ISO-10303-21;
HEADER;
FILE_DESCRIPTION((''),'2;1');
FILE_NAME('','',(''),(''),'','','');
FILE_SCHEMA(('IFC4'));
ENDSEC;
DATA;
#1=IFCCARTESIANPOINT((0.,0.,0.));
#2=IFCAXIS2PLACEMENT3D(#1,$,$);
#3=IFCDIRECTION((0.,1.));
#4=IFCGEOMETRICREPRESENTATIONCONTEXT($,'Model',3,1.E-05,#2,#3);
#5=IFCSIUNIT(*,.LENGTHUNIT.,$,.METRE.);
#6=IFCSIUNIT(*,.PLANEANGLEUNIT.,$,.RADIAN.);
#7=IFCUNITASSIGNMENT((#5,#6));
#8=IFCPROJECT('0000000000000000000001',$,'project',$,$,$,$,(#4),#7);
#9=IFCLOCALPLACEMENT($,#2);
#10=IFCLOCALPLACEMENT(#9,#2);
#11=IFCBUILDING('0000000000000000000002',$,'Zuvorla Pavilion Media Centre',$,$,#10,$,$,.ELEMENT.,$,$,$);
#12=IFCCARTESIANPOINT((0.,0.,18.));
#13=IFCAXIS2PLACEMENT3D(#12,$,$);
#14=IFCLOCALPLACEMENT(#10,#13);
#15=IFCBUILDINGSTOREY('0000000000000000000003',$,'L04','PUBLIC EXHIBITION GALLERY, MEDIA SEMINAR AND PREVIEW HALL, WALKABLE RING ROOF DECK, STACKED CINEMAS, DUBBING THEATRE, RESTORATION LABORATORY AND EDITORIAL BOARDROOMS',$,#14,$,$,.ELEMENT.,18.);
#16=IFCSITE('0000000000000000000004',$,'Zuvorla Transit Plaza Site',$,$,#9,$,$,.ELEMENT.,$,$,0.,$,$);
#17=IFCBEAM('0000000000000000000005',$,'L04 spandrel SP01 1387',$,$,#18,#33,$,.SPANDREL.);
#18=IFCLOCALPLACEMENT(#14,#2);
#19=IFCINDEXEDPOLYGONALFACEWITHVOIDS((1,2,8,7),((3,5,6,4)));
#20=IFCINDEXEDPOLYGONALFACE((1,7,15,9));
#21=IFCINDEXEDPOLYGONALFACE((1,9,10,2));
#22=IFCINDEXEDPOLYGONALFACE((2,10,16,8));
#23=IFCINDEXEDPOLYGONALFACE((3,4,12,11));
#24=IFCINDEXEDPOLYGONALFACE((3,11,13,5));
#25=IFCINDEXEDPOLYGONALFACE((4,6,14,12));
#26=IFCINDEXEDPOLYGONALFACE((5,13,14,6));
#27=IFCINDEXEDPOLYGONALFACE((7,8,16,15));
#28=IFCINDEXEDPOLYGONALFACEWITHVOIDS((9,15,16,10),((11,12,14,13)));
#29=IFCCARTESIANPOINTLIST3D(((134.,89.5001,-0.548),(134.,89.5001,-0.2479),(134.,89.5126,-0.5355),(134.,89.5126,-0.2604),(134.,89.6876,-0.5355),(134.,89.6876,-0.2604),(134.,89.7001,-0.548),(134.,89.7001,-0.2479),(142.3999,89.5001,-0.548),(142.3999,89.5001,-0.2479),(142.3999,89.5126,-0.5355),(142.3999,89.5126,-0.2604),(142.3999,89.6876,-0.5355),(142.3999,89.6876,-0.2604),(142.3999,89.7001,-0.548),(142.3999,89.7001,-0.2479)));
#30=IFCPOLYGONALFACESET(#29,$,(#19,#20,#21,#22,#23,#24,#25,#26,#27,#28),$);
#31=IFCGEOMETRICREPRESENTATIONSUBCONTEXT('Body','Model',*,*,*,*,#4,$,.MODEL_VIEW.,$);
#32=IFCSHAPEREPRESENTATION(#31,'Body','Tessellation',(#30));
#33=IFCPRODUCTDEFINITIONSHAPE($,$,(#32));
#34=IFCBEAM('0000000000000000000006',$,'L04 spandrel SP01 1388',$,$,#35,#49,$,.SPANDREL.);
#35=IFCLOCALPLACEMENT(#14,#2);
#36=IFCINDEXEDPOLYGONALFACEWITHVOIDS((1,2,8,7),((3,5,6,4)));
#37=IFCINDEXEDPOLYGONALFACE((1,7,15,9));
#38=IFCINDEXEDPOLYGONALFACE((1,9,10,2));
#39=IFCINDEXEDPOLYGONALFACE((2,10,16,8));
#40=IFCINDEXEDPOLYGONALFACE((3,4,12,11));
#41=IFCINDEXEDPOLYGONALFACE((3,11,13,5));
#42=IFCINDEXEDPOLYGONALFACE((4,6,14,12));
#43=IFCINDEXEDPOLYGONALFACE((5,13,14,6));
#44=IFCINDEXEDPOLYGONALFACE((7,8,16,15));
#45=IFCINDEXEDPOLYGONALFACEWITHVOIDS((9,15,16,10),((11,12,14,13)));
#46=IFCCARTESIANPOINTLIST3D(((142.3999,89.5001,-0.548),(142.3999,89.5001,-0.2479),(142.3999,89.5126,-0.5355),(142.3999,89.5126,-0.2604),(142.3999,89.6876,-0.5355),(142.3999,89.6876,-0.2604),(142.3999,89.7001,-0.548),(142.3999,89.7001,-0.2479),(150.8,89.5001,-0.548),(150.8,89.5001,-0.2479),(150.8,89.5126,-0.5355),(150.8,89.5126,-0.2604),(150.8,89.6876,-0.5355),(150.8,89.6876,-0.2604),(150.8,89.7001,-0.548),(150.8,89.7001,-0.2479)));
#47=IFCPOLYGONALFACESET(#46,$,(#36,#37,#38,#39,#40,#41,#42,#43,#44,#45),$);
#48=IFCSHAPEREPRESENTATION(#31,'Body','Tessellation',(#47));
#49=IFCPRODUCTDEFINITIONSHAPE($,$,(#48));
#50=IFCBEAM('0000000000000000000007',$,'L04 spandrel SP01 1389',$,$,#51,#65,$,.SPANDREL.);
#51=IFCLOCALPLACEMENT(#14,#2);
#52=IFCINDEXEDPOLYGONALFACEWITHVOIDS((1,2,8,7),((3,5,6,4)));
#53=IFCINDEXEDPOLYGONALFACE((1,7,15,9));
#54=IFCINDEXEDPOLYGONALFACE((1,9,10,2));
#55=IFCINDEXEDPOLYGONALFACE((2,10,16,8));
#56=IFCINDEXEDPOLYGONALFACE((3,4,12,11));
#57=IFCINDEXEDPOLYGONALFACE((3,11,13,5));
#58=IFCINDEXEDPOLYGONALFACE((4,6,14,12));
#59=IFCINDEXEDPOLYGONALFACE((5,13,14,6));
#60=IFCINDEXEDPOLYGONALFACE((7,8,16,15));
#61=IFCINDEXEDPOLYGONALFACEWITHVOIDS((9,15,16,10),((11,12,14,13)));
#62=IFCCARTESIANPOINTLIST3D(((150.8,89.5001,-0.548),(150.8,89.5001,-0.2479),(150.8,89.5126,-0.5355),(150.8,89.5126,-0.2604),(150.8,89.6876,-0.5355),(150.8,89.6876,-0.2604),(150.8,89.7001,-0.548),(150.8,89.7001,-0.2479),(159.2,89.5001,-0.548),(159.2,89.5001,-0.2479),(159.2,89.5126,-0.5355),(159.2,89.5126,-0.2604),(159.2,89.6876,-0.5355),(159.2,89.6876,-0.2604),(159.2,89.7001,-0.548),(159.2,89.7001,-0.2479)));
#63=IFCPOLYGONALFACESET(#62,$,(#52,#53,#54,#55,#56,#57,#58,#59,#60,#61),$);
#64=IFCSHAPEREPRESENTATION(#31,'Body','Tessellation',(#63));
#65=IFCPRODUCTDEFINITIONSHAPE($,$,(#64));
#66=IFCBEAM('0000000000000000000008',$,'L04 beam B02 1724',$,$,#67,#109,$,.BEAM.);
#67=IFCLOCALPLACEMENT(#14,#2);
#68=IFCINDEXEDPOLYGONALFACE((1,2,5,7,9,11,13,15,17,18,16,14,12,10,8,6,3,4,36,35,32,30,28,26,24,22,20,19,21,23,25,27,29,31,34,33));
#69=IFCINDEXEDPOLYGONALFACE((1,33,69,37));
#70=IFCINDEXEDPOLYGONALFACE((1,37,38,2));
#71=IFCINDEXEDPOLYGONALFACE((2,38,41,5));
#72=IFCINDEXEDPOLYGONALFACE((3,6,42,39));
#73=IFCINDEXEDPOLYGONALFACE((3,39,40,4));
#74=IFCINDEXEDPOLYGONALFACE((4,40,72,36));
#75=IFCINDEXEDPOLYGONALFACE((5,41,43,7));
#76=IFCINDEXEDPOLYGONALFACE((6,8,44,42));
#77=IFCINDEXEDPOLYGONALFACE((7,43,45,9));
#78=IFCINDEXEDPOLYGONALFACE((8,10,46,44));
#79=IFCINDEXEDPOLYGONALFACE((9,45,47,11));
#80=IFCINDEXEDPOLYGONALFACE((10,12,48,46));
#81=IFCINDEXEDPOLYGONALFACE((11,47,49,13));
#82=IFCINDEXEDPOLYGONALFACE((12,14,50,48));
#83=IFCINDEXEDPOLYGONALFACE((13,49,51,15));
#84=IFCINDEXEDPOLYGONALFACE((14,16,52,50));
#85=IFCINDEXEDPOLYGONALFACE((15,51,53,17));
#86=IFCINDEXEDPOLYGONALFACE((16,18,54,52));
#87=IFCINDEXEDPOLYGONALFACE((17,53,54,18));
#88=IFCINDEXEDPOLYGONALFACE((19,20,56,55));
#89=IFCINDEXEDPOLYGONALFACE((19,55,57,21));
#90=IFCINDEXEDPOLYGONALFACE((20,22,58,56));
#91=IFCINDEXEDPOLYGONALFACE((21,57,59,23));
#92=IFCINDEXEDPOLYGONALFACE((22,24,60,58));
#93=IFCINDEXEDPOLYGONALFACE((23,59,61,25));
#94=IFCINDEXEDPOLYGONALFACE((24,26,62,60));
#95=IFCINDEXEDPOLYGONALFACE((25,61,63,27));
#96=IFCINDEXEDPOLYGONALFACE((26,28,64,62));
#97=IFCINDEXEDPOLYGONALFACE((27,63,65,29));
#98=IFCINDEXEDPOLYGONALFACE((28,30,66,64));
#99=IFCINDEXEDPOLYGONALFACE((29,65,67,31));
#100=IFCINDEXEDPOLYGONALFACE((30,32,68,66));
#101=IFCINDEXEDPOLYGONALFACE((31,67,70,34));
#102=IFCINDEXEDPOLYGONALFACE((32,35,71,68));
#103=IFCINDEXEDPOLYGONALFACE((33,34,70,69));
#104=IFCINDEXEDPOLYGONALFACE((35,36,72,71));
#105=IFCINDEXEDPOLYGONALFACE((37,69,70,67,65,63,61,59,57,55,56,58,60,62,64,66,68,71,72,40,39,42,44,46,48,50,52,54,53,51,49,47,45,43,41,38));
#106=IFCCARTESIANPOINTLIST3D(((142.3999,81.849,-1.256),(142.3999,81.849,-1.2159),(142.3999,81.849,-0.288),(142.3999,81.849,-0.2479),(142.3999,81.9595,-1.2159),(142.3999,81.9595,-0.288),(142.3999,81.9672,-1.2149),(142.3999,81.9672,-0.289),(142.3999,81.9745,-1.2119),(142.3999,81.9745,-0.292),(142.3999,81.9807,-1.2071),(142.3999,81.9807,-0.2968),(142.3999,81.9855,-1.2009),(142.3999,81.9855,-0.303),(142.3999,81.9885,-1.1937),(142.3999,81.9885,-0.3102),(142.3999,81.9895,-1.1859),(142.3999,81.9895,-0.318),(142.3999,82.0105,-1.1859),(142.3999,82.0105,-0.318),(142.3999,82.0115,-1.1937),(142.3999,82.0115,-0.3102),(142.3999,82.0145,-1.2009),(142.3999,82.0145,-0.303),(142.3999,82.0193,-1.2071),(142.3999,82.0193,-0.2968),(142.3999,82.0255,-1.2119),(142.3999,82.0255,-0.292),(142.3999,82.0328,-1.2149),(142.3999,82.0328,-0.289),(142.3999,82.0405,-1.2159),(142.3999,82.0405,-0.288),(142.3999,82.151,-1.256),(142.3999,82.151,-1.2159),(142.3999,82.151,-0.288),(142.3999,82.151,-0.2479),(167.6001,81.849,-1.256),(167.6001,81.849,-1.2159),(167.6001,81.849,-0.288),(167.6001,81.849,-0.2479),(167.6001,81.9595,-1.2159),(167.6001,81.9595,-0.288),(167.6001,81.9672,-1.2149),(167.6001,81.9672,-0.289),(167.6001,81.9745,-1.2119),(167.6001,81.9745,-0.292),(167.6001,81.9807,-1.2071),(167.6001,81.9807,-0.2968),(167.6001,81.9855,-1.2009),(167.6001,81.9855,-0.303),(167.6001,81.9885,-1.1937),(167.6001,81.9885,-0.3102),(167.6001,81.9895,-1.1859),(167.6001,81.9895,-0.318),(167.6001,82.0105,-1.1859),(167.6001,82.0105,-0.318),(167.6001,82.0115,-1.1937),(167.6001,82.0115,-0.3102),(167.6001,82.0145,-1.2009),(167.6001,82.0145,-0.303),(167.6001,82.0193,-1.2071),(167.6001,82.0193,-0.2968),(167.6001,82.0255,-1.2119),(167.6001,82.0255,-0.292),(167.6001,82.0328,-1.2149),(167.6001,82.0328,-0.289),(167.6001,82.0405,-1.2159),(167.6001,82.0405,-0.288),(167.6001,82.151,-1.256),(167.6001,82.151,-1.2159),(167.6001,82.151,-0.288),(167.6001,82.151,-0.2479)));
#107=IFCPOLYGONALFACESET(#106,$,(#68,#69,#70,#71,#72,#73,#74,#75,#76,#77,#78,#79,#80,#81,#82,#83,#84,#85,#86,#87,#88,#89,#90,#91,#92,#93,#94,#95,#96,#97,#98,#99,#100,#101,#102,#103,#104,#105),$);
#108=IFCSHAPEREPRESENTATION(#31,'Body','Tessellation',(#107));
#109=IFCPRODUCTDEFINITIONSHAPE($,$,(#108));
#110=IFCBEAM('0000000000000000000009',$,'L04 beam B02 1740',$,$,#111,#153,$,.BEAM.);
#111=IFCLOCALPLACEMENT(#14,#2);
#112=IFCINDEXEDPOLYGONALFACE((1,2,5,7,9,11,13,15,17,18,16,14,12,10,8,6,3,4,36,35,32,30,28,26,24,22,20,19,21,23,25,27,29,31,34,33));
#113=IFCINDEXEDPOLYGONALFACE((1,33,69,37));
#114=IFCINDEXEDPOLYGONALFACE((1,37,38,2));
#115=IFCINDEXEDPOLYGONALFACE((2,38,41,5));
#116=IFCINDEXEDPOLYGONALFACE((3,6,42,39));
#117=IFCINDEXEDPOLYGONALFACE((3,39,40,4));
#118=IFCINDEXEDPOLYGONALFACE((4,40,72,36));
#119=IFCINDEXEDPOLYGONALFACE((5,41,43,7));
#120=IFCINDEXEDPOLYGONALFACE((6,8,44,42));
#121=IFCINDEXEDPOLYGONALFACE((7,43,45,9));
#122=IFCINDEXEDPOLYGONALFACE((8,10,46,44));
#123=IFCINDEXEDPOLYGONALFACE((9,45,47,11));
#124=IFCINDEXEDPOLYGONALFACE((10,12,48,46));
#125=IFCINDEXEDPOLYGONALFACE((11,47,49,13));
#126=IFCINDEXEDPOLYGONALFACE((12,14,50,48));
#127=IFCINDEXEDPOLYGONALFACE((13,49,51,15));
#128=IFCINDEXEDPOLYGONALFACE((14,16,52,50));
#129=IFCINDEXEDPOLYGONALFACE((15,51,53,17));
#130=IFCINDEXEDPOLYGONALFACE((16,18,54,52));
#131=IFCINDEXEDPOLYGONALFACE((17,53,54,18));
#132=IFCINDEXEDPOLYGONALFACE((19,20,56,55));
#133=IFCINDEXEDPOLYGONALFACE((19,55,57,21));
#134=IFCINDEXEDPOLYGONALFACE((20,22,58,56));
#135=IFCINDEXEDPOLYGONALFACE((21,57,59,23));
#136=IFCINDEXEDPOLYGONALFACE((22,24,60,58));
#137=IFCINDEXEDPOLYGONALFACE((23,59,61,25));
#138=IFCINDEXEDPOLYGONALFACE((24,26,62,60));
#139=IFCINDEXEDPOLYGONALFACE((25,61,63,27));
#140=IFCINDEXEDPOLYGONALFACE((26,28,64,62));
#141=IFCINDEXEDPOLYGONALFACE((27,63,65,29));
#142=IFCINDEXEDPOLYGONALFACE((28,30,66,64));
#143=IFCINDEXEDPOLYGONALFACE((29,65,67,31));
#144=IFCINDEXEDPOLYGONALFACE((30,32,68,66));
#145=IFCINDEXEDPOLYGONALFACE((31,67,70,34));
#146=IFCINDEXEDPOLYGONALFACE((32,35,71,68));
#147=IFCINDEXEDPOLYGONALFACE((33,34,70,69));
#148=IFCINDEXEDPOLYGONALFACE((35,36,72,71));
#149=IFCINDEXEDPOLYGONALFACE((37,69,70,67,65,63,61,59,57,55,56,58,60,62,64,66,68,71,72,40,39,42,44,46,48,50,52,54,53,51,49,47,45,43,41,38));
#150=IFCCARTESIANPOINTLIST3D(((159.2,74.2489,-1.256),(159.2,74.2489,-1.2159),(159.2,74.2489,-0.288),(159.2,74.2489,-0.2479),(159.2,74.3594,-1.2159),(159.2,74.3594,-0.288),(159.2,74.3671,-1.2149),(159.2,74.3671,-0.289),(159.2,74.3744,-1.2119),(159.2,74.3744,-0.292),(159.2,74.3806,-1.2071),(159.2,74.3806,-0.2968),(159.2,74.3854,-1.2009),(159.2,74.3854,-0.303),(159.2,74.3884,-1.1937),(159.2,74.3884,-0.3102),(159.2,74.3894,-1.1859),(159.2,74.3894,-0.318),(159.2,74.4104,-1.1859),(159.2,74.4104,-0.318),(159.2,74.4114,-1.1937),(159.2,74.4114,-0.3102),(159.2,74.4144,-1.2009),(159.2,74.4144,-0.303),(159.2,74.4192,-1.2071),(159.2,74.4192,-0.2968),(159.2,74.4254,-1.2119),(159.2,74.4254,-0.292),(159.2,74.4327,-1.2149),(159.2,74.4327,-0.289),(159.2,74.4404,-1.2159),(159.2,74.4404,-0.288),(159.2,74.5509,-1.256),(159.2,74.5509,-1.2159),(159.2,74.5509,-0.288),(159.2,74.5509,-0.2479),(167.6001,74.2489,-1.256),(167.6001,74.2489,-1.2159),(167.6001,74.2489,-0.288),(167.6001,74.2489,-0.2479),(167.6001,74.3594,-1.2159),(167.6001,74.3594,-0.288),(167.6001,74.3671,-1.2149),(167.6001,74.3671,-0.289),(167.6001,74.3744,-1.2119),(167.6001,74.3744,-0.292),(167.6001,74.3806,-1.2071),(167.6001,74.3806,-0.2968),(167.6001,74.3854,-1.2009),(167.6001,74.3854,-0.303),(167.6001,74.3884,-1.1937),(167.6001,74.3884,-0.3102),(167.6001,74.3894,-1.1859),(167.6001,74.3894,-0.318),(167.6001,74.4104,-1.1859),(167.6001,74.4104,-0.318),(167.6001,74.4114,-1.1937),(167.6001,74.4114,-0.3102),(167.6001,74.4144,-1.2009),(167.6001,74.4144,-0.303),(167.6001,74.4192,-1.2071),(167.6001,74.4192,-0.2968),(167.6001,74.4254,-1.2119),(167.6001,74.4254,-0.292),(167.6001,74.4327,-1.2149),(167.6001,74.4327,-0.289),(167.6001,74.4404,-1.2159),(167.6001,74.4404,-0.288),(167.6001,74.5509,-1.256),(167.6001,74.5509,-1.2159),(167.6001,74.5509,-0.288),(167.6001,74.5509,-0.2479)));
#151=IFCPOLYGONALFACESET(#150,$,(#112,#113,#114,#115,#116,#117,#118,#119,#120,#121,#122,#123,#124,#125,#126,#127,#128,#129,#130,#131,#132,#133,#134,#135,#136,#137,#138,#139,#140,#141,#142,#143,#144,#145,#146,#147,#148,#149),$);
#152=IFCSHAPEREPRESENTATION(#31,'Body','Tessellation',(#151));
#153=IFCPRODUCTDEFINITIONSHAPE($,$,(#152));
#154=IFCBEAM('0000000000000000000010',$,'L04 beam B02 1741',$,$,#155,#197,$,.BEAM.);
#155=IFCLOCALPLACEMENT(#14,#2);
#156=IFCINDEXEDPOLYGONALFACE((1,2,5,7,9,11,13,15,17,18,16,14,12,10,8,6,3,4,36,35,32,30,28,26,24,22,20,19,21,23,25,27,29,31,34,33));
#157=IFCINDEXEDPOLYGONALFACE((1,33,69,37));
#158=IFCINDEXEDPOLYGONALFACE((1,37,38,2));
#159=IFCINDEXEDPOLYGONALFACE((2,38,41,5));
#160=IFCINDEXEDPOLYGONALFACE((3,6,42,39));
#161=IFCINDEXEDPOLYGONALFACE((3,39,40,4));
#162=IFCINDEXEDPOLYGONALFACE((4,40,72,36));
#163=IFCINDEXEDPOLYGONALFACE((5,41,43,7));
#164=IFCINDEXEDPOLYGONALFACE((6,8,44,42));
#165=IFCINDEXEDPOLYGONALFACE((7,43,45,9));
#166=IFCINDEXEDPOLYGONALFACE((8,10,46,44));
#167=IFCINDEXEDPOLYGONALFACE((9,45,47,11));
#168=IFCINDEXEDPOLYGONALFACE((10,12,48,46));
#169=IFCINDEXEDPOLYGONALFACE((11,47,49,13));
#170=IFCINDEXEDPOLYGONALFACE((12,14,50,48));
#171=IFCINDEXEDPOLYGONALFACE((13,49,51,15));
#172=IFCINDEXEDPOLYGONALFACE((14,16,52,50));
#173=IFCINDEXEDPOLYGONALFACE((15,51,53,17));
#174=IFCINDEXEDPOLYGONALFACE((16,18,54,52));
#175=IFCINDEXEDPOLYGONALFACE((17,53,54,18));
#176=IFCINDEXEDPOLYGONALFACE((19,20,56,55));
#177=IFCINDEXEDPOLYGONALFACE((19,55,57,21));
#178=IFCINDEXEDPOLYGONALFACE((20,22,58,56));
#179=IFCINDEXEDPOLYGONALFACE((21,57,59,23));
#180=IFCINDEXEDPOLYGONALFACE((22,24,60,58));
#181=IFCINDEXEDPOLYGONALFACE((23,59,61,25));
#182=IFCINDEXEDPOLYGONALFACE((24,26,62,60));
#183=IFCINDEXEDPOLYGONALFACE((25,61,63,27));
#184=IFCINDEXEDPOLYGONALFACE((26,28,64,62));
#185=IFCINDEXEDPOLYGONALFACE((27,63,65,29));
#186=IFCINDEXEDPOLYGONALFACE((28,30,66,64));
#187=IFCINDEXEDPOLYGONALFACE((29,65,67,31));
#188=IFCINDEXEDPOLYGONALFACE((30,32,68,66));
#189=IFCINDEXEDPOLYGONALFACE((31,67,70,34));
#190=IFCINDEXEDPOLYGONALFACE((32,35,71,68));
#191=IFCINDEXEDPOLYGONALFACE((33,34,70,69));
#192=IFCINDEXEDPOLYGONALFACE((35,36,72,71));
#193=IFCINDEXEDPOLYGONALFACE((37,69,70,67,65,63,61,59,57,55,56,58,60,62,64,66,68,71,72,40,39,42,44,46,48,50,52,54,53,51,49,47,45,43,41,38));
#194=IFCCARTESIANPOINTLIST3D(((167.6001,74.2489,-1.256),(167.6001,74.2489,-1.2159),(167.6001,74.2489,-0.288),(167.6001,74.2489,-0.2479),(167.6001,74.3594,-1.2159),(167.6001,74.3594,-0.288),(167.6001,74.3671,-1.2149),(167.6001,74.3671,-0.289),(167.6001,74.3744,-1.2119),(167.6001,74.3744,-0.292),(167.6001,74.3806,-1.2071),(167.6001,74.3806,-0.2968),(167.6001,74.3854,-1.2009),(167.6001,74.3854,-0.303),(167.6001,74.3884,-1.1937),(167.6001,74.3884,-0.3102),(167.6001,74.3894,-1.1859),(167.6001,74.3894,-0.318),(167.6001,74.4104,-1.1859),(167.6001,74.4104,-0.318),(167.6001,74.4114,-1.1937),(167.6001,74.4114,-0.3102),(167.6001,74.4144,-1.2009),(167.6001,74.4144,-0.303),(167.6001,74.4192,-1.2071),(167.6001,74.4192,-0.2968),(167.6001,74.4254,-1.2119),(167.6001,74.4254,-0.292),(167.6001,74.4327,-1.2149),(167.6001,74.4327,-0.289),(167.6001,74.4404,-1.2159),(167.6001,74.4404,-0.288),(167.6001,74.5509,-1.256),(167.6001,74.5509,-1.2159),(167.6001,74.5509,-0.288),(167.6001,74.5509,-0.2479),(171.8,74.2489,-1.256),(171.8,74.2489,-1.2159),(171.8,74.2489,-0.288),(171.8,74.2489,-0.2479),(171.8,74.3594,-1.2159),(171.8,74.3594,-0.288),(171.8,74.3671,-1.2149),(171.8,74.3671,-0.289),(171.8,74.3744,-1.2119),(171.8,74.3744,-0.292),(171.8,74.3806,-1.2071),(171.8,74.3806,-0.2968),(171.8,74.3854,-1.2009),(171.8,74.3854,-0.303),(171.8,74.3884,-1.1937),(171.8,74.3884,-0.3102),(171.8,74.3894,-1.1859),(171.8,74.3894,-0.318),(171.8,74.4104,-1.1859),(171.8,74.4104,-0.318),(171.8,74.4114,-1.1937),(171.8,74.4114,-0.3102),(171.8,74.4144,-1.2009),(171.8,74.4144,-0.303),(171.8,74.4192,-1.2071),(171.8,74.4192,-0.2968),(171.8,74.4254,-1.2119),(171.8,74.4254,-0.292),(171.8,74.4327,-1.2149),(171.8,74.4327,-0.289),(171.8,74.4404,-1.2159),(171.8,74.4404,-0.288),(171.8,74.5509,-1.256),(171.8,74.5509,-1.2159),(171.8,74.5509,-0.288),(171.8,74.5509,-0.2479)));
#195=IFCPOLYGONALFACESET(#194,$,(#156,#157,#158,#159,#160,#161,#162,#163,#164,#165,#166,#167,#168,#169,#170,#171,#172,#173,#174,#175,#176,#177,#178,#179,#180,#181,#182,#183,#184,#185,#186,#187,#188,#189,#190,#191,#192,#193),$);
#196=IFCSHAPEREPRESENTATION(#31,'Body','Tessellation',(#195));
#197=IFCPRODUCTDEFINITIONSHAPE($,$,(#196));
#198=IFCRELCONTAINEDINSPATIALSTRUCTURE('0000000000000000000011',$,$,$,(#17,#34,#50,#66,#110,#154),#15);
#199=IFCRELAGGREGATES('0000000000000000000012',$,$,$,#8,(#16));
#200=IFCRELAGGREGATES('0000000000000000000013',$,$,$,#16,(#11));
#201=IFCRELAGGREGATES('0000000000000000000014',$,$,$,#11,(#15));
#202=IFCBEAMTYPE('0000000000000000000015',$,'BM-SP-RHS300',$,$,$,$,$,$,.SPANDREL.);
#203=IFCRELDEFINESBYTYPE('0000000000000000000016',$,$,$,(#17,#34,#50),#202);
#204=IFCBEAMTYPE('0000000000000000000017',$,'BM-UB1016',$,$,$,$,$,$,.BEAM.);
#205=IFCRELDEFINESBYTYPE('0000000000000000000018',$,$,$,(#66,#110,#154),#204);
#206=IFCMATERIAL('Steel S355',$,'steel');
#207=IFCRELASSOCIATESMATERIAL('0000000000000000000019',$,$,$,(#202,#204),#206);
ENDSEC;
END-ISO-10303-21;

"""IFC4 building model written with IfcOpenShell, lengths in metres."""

from ifc_helpers import new_model, si_unit, direction, frame, origin, origin_2d, place, context, subcontext, project, spatial, hollow_rectangle, i_section, extrude, material, material_profile, profile_set, type_object, element, save


model = new_model("IFC4")

# Units and contexts
model_context = context("Model", 3, precision=1e-05, world=origin(), true_north=direction((0.0, 1.0)))
body_context = subcontext(model_context, "Body", "Model", "MODEL_VIEW")
ifc_project = project(units=[si_unit("LENGTHUNIT", "METRE"), si_unit("PLANEANGLEUNIT", "RADIAN")], contexts=[model_context])

# Site, building, storey
site_placement = place(None, origin())
site = spatial("IfcSite", under=ifc_project, at=site_placement, Name="Zuvorla Transit Plaza Site", CompositionType="ELEMENT", RefElevation=0.0)
building_placement = place(site_placement, origin())
building = spatial("IfcBuilding", under=site, at=building_placement, Name="Zuvorla Pavilion Media Centre", CompositionType="ELEMENT")
storey_placement = place(building_placement, frame((0.0, 0.0, 18.0)))
storey = spatial("IfcBuildingStorey", under=building, at=storey_placement, Name="L04", Description="PUBLIC EXHIBITION GALLERY, MEDIA SEMINAR AND PREVIEW HALL, WALKABLE RING ROOF DECK, STACKED CINEMAS, DUBBING THEATRE, RESTORATION LABORATORY AND EDITORIAL BOARDROOMS", CompositionType="ELEMENT", Elevation=18.0)

# Beams
ifc_material = material(Name="Steel S355", Category="steel")
ifc_material_profile_1 = material_profile(ifc_material, hollow_rectangle(XDim=0.2, YDim=0.3, WallThickness=0.0125, at=origin_2d()), Name="RHS 300x200x12.5")
ifc_profile_set_1 = profile_set([ifc_material_profile_1], Name="Steel S355")
beam_type_1 = type_object("IfcBeamType", Name="BM-SP-RHS300", PredefinedType="SPANDREL", material=ifc_profile_set_1)
beam_1_placement = place(storey_placement, frame((134.0, 89.6001, -0.3979), z_axis=(1.0, 0.0, 0.0), x_axis=(0.0, 1.0, 0.0)))
element("IfcBeam", 1, at=beam_1_placement, inside=storey, type_object=beam_type_1, Name="L04 spandrel SP01 1387", PredefinedType="SPANDREL", context=body_context, shape_type="SweptSolid", body=[
    extrude(hollow_rectangle(XDim=0.2, YDim=0.3, WallThickness=0.0125, at=origin_2d()), origin(), (0.0, 0.0, 1.0), 8.3999),
])
beam_2_placement = place(storey_placement, frame((142.3999, 89.6001, -0.3979), z_axis=(1.0, 0.0, 0.0), x_axis=(0.0, 1.0, 0.0)))
element("IfcBeam", 2, at=beam_2_placement, inside=storey, type_object=beam_type_1, Name="L04 spandrel SP01 1388", PredefinedType="SPANDREL", context=body_context, shape_type="SweptSolid", body=[
    extrude(hollow_rectangle(XDim=0.2, YDim=0.3, WallThickness=0.0125, at=origin_2d()), origin(), (0.0, 0.0, 1.0), 8.4001),
])
beam_3_placement = place(storey_placement, frame((150.8, 89.6001, -0.3979), z_axis=(1.0, 0.0, 0.0), x_axis=(0.0, 1.0, 0.0)))
element("IfcBeam", 3, at=beam_3_placement, inside=storey, type_object=beam_type_1, Name="L04 spandrel SP01 1389", PredefinedType="SPANDREL", context=body_context, shape_type="SweptSolid", body=[
    extrude(hollow_rectangle(XDim=0.2, YDim=0.3, WallThickness=0.0125, at=origin_2d()), origin(), (0.0, 0.0, 1.0), 8.3999),
])
ifc_material_profile_2 = material_profile(ifc_material, i_section(OverallWidth=0.302, OverallDepth=1.0081, WebThickness=0.021, FlangeThickness=0.04, FilletRadius=0.03, at=origin_2d()), Name="UB 1016x305x349")
ifc_profile_set_2 = profile_set([ifc_material_profile_2], Name="Steel S355")
beam_type_2 = type_object("IfcBeamType", Name="BM-UB1016", PredefinedType="BEAM", material=ifc_profile_set_2)
beam_4_placement = place(storey_placement, frame((142.3999, 82.0, -0.752), z_axis=(1.0, 0.0, 0.0), x_axis=(0.0, 1.0, 0.0)))
element("IfcBeam", 4, at=beam_4_placement, inside=storey, type_object=beam_type_2, Name="L04 beam B02 1724", PredefinedType="BEAM", context=body_context, shape_type="SweptSolid", body=[
    extrude(i_section(OverallWidth=0.302, OverallDepth=1.0081, WebThickness=0.021, FlangeThickness=0.04, FilletRadius=0.03, at=origin_2d()), origin(), (0.0, 0.0, 1.0), 25.2002),
])
beam_5_placement = place(storey_placement, frame((159.2, 74.3999, -0.752), z_axis=(1.0, 0.0, 0.0), x_axis=(0.0, 1.0, 0.0)))
element("IfcBeam", 5, at=beam_5_placement, inside=storey, type_object=beam_type_2, Name="L04 beam B02 1740", PredefinedType="BEAM", context=body_context, shape_type="SweptSolid", body=[
    extrude(i_section(OverallWidth=0.302, OverallDepth=1.0081, WebThickness=0.021, FlangeThickness=0.04, FilletRadius=0.03, at=origin_2d()), origin(), (0.0, 0.0, 1.0), 8.4001),
])
beam_6_placement = place(storey_placement, frame((167.6001, 74.3999, -0.752), z_axis=(1.0, 0.0, 0.0), x_axis=(0.0, 1.0, 0.0)))
element("IfcBeam", 6, at=beam_6_placement, inside=storey, type_object=beam_type_2, Name="L04 beam B02 1741", PredefinedType="BEAM", context=body_context, shape_type="SweptSolid", body=[
    extrude(i_section(OverallWidth=0.302, OverallDepth=1.0081, WebThickness=0.021, FlangeThickness=0.04, FilletRadius=0.03, at=origin_2d()), origin(), (0.0, 0.0, 1.0), 4.2),
])

save(model, "model.ifc")
